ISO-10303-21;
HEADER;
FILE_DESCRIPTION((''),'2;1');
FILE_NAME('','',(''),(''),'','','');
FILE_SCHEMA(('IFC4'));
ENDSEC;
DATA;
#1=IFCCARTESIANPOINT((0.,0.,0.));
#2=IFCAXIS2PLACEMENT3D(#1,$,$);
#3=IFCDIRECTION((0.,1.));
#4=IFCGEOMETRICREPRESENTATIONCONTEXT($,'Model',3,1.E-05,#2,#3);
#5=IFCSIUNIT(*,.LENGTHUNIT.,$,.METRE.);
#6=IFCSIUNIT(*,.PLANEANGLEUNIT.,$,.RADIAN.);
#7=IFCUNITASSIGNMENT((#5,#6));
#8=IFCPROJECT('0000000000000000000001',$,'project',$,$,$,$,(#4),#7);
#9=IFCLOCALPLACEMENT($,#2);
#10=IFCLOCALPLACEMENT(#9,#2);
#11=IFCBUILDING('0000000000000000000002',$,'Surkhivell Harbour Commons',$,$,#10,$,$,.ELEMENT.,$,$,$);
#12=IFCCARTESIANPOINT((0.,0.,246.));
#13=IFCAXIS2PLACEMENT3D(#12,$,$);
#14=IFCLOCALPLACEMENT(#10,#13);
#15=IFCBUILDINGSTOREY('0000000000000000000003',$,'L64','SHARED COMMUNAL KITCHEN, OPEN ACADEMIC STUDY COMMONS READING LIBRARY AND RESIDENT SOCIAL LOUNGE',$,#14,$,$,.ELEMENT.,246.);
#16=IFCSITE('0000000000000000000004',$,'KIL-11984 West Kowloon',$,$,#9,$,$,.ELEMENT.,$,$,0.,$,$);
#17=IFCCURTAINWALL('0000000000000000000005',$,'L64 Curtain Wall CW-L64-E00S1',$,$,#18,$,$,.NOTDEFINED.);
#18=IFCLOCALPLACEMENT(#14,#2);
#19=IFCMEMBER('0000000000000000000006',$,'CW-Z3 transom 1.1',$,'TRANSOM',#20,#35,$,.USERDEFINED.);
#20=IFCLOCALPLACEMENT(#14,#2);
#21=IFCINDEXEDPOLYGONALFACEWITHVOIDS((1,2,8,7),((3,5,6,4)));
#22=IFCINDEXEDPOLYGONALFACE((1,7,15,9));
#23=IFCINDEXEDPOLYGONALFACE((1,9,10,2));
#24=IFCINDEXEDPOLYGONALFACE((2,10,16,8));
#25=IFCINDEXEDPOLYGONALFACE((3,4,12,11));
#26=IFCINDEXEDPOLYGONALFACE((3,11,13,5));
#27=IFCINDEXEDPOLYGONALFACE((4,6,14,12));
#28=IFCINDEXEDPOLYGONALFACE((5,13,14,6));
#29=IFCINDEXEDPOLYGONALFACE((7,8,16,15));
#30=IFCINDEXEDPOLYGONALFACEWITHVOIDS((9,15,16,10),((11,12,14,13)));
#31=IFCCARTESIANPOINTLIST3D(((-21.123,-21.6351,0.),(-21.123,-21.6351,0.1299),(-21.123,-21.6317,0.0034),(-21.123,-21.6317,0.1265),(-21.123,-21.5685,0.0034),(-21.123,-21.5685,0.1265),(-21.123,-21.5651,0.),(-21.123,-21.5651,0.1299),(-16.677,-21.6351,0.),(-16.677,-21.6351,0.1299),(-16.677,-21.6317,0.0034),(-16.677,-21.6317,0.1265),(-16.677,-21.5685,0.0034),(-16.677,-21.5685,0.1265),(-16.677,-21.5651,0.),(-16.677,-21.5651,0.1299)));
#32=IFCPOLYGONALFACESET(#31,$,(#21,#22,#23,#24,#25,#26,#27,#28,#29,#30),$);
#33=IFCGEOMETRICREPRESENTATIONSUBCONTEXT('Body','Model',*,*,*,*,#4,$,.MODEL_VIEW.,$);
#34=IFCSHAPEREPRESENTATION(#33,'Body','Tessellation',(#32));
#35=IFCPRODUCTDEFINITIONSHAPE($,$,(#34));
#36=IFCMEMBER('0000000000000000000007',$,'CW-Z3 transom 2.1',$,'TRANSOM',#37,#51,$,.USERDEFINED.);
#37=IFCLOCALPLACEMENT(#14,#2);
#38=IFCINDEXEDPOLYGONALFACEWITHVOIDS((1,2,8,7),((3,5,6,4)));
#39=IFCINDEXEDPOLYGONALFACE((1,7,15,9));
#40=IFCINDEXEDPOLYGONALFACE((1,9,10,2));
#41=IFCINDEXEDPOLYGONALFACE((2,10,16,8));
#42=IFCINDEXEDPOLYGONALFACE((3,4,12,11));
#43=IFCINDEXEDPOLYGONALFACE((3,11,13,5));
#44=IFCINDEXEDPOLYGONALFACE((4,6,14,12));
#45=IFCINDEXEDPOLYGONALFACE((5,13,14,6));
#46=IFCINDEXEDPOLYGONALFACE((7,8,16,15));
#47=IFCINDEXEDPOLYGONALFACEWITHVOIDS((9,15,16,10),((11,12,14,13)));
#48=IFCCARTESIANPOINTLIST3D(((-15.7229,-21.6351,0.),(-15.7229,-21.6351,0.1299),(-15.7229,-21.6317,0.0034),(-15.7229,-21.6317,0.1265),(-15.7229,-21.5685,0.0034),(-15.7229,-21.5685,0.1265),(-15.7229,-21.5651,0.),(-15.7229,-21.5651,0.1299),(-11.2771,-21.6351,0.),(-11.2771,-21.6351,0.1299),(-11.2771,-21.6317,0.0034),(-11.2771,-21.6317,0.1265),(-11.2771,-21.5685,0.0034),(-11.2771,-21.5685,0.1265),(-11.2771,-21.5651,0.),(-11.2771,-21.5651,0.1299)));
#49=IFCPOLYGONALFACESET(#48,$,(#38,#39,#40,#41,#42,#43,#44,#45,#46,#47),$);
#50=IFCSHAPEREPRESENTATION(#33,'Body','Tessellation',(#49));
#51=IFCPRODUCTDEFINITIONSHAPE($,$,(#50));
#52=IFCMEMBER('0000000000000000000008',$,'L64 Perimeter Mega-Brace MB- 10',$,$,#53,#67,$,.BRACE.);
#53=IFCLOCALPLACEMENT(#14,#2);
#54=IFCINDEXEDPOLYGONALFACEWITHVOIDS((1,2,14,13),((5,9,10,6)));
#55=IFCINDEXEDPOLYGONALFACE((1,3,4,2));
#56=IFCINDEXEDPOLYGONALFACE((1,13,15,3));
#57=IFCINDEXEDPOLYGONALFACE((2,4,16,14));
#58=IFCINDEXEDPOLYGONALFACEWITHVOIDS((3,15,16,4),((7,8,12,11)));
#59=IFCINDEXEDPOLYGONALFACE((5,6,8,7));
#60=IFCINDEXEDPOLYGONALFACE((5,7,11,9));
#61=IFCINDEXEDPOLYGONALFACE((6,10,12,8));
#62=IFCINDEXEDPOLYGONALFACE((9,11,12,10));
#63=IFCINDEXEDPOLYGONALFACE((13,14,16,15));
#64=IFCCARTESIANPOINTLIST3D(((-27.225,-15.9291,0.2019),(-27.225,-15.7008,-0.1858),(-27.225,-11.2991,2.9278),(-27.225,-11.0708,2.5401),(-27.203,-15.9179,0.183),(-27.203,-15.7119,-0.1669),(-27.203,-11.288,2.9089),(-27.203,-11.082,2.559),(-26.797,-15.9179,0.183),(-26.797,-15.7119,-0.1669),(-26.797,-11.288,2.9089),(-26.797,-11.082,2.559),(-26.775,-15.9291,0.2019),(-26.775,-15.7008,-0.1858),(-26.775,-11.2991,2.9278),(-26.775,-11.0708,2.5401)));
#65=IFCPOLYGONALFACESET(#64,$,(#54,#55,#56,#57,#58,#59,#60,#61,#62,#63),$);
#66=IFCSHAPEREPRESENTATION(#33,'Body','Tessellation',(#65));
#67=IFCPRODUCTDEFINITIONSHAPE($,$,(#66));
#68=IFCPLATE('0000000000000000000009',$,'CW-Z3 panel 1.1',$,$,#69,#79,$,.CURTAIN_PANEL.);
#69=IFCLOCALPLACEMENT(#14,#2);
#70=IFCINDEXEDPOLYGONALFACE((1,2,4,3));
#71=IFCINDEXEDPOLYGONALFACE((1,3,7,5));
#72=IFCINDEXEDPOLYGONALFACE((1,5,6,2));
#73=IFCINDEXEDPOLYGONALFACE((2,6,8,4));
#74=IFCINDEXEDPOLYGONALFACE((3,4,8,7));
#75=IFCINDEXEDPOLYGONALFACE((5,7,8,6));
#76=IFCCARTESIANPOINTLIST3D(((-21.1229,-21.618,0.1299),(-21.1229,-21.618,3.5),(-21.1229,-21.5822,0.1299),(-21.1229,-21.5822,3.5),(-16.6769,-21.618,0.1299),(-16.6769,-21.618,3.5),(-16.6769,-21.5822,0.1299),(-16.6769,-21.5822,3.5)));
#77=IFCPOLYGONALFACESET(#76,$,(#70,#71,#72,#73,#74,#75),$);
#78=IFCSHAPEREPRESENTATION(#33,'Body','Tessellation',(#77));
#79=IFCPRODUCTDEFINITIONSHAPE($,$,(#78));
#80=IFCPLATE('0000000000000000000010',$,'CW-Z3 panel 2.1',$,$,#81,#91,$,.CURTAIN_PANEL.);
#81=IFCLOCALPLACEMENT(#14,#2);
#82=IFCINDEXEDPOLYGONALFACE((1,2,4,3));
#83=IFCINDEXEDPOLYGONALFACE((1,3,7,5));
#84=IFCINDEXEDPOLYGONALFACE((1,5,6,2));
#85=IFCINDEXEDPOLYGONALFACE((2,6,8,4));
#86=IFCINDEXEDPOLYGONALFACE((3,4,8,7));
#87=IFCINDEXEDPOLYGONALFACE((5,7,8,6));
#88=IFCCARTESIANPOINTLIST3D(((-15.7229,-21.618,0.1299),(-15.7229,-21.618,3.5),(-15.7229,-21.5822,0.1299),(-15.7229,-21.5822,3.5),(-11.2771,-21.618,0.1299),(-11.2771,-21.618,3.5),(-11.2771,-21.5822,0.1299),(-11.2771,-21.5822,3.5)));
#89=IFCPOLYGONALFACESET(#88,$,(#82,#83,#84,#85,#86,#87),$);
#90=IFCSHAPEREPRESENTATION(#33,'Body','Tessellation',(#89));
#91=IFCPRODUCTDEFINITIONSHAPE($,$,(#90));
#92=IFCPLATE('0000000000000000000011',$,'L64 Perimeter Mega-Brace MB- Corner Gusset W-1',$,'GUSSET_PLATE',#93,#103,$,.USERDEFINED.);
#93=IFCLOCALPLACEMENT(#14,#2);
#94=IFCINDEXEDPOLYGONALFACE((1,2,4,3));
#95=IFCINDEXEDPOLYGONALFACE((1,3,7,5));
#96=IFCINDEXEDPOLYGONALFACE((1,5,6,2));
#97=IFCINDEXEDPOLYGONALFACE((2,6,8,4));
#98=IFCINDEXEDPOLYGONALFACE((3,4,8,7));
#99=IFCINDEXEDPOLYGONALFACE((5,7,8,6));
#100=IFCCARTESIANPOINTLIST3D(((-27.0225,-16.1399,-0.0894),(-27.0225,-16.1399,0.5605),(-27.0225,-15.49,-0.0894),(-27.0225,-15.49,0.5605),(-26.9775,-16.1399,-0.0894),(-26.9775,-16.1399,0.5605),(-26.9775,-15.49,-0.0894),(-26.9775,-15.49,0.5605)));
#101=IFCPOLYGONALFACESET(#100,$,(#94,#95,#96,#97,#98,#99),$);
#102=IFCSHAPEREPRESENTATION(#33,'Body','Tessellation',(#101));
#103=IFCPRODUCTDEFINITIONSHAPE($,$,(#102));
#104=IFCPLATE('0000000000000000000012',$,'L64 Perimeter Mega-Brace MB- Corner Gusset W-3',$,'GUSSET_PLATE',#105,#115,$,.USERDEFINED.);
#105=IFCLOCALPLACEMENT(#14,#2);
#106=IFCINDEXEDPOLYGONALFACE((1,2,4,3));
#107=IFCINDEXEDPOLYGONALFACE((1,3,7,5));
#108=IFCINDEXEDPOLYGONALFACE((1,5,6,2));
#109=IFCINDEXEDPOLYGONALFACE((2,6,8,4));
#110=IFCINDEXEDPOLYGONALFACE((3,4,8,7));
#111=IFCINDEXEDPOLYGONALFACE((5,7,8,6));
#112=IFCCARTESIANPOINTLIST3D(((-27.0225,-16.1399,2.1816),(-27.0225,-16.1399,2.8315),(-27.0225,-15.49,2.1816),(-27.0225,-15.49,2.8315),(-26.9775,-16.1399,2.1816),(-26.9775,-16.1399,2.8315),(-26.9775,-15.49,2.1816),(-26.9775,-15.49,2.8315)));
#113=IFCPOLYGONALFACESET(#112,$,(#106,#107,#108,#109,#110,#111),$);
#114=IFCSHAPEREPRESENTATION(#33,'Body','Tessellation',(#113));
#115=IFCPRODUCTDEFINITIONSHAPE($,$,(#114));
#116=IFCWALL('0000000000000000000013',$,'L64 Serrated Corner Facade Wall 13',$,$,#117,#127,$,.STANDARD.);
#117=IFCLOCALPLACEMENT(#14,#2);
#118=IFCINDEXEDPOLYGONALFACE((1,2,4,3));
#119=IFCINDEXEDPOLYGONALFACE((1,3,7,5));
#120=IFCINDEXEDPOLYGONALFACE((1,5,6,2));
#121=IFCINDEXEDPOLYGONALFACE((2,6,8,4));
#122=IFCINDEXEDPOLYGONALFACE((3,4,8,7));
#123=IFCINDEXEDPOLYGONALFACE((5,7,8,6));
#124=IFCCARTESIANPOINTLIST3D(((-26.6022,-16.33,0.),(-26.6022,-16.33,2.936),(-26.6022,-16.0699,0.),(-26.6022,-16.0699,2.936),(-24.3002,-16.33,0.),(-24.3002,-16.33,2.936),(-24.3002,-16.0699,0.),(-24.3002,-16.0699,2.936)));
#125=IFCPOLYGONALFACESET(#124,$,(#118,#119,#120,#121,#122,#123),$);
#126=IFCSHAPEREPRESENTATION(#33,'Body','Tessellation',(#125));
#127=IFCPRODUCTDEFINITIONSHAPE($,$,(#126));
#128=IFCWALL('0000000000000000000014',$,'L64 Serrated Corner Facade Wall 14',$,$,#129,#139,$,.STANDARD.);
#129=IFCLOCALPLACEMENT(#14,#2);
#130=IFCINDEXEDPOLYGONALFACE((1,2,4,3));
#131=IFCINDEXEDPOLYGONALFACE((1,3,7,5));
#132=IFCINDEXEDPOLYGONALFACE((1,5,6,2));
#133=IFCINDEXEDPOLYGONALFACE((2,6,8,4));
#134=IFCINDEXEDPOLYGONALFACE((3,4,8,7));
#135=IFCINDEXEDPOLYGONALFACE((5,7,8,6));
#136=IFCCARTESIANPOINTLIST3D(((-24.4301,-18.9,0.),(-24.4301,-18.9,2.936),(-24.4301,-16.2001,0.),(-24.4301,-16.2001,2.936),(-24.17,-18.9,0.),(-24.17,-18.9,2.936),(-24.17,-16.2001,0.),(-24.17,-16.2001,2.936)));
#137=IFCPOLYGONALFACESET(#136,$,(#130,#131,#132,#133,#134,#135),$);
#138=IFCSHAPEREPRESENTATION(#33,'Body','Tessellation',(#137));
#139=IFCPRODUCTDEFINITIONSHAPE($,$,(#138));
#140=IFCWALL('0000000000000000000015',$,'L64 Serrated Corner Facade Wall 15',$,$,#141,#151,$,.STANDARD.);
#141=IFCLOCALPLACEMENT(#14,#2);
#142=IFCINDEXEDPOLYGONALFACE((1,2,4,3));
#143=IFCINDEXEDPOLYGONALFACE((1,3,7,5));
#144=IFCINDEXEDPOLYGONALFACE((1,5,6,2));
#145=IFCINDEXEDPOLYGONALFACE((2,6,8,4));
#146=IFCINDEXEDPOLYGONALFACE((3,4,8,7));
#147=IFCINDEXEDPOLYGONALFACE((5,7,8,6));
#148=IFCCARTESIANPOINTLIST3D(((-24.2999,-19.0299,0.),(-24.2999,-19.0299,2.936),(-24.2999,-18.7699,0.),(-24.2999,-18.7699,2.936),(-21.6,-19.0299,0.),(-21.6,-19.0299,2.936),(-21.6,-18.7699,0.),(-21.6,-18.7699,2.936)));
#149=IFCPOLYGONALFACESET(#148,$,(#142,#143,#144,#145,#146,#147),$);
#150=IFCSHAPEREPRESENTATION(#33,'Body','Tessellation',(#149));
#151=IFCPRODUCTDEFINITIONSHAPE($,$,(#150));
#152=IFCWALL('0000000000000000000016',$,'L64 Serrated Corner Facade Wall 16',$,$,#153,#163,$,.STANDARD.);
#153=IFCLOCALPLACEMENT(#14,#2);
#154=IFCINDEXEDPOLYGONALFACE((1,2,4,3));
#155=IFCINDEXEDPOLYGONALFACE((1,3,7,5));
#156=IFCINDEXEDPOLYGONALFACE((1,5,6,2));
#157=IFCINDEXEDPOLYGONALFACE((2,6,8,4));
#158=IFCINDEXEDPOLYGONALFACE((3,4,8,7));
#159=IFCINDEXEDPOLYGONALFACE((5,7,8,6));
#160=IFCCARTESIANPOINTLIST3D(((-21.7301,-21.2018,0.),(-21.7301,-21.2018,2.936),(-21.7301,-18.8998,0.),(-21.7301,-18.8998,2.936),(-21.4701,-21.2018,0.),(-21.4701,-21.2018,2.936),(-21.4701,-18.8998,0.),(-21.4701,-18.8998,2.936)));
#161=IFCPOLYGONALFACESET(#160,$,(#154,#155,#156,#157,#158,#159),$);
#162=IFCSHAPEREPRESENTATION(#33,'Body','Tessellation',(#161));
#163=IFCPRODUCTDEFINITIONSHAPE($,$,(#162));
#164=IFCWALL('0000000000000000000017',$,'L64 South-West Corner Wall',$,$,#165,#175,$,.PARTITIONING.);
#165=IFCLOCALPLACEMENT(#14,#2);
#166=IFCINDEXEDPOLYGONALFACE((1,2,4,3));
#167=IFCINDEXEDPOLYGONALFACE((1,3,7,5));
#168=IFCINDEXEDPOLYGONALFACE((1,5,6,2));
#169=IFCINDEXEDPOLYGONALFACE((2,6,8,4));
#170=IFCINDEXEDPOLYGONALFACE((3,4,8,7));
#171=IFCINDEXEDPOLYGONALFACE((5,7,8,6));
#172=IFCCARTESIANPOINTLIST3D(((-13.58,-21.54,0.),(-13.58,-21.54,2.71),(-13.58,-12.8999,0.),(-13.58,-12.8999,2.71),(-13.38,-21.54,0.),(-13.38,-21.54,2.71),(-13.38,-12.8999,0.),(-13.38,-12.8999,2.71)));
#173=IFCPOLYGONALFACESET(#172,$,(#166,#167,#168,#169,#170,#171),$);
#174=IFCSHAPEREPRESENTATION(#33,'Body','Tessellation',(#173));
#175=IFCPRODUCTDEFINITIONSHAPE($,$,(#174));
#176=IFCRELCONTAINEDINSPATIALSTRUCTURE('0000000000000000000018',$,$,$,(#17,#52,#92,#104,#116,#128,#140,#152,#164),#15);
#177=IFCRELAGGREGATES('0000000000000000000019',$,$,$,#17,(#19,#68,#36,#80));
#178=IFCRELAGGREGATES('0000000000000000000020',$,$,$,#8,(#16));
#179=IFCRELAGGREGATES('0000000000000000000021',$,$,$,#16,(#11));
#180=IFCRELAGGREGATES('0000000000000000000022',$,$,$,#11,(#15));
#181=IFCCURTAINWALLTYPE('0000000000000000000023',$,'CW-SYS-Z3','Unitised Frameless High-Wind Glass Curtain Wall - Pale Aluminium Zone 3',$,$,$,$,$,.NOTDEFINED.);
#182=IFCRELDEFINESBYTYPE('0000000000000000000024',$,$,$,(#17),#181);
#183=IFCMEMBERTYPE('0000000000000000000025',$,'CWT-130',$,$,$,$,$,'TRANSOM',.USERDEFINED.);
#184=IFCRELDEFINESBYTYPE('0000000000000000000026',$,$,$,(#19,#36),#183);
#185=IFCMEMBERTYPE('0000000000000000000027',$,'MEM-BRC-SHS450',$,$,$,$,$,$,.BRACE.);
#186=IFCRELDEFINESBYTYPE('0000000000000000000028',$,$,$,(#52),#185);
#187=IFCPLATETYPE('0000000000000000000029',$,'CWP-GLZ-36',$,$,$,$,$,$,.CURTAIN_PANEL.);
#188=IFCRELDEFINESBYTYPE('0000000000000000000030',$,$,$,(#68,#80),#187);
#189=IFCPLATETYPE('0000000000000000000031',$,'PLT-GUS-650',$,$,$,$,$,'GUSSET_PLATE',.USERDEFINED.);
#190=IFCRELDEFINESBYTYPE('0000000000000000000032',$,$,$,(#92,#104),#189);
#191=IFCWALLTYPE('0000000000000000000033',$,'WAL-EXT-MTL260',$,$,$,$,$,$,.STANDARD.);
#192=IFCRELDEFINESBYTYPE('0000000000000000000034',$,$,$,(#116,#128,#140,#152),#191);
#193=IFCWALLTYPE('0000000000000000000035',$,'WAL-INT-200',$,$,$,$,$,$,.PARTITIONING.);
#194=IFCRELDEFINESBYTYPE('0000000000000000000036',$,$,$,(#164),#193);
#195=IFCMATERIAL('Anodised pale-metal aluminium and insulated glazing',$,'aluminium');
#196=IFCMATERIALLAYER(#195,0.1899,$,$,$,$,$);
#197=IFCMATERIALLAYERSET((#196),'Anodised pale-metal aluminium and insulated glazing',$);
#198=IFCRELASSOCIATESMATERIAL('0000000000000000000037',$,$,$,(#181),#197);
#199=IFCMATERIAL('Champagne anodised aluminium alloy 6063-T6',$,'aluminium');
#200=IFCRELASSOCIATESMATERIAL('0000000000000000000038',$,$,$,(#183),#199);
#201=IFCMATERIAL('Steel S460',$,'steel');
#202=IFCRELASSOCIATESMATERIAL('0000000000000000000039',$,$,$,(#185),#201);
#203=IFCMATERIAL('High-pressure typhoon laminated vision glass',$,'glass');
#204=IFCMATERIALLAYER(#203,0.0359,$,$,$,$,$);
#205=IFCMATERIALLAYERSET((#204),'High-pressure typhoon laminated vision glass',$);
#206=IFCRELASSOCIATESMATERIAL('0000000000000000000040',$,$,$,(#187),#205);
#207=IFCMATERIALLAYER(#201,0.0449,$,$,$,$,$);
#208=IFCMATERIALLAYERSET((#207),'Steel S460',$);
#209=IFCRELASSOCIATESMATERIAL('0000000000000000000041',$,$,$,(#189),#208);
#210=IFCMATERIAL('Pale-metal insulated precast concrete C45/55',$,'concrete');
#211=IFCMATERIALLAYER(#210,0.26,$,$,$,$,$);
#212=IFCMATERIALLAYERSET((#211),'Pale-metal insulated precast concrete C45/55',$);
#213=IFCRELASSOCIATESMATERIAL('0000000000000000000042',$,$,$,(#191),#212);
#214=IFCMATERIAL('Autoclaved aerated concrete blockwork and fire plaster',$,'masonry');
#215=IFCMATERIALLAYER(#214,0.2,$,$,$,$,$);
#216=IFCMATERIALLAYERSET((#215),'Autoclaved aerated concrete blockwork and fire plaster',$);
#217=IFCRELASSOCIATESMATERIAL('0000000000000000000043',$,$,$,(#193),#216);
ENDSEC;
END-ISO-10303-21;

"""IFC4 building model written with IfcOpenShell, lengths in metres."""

from ifc_helpers import new_model, si_unit, direction, frame, frame_2d, origin, origin_2d, place, context, subcontext, project, spatial, rectangle, hollow_rectangle, extrude, material, layer, layer_set, material_profile, profile_set, type_object, element, aggregate, save


model = new_model("IFC4")

# Units and contexts
model_context = context("Model", 3, precision=1e-05, world=origin(), true_north=direction((0.0, 1.0)))
body_context = subcontext(model_context, "Body", "Model", "MODEL_VIEW")
ifc_project = project(units=[si_unit("LENGTHUNIT", "METRE"), si_unit("PLANEANGLEUNIT", "RADIAN")], contexts=[model_context])

# Site, building, storey
site_placement = place(None, origin())
site = spatial("IfcSite", under=ifc_project, at=site_placement, Name="KIL-11984 West Kowloon", CompositionType="ELEMENT", RefElevation=0.0)
building_placement = place(site_placement, origin())
building = spatial("IfcBuilding", under=site, at=building_placement, Name="Surkhivell Harbour Commons", CompositionType="ELEMENT")
storey_placement = place(building_placement, frame((0.0, 0.0, 246.0)))
storey = spatial("IfcBuildingStorey", under=building, at=storey_placement, Name="L64", Description="SHARED COMMUNAL KITCHEN, OPEN ACADEMIC STUDY COMMONS READING LIBRARY AND RESIDENT SOCIAL LOUNGE", CompositionType="ELEMENT", Elevation=246.0)

# Curtain wall, members
ifc_material_1 = material(Name="Anodised pale-metal aluminium and insulated glazing", Category="aluminium")
ifc_layer_1 = layer(ifc_material_1, 0.1899)
ifc_layer_set_1 = layer_set([ifc_layer_1], Name="Anodised pale-metal aluminium and insulated glazing")
curtain_wall_type = type_object("IfcCurtainWallType", Name="CW-SYS-Z3", Description="Unitised Frameless High-Wind Glass Curtain Wall - Pale Aluminium Zone 3", PredefinedType="NOTDEFINED", material=ifc_layer_set_1)
curtain_wall_placement = place(storey_placement, origin())
curtain_wall = element("IfcCurtainWall", 1, at=curtain_wall_placement, inside=storey, type_object=curtain_wall_type, Name="L64 Curtain Wall CW-L64-E00S1", PredefinedType="NOTDEFINED")
ifc_material_2 = material(Name="Champagne anodised aluminium alloy 6063-T6", Category="aluminium")
ifc_material_profile_1 = material_profile(ifc_material_2, hollow_rectangle(XDim=0.0701, YDim=0.1299, WallThickness=0.0034, at=origin_2d()), Name="ALU-TRAN-70x130")
ifc_profile_set_1 = profile_set([ifc_material_profile_1], Name="Champagne anodised aluminium alloy 6063-T6")
member_type_1 = type_object("IfcMemberType", Name="CWT-130", ElementType="TRANSOM", PredefinedType="USERDEFINED", material=ifc_profile_set_1)
member_1_placement = place(storey_placement, frame((-21.123, -21.6001, 0.0649), z_axis=(1.0, 0.0, 0.0), x_axis=(0.0, 1.0, 0.0)))
member_1 = element("IfcMember", 2, at=member_1_placement, type_object=member_type_1, Name="CW-Z3 transom 1.1", ObjectType="TRANSOM", PredefinedType="USERDEFINED", context=body_context, shape_type="SweptSolid", body=[
    extrude(hollow_rectangle(XDim=0.0701, YDim=0.1299, WallThickness=0.0034, at=origin_2d()), origin(), (0.0, 0.0, 1.0), 4.446),
])
member_2_placement = place(storey_placement, frame((-15.7229, -21.6001, 0.0649), z_axis=(1.0, 0.0, 0.0), x_axis=(0.0, 1.0, 0.0)))
member_2 = element("IfcMember", 3, at=member_2_placement, type_object=member_type_1, Name="CW-Z3 transom 2.1", ObjectType="TRANSOM", PredefinedType="USERDEFINED", context=body_context, shape_type="SweptSolid", body=[
    extrude(hollow_rectangle(XDim=0.0701, YDim=0.1299, WallThickness=0.0034, at=origin_2d()), origin(), (0.0, 0.0, 1.0), 4.4458),
])

# Member
ifc_material_3 = material(Name="Steel S460", Category="steel")
ifc_material_profile_2 = material_profile(ifc_material_3, hollow_rectangle(XDim=0.45, YDim=0.45, WallThickness=0.022, at=origin_2d()), Name="SHS450x450x22")
ifc_profile_set_2 = profile_set([ifc_material_profile_2], Name="Steel S460")
member_type_2 = type_object("IfcMemberType", Name="MEM-BRC-SHS450", PredefinedType="BRACE", material=ifc_profile_set_2)
member_3_placement = place(storey_placement, frame((-27.0, -15.8149, 0.0081), z_axis=(0.0, 0.861741, 0.507348), x_axis=(-1.0, 0.0, 0.0)))
element("IfcMember", 4, at=member_3_placement, inside=storey, type_object=member_type_2, Name="L64 Perimeter Mega-Brace MB- 10", PredefinedType="BRACE", context=body_context, shape_type="SweptSolid", body=[
    extrude(hollow_rectangle(XDim=0.45, YDim=0.45, WallThickness=0.022, at=origin_2d()), origin(), (0.0, 0.0, 1.0), 5.3728),
])

# Plates
ifc_material_4 = material(Name="High-pressure typhoon laminated vision glass", Category="glass")
ifc_layer_2 = layer(ifc_material_4, 0.0359)
ifc_layer_set_2 = layer_set([ifc_layer_2], Name="High-pressure typhoon laminated vision glass")
plate_type_1 = type_object("IfcPlateType", Name="CWP-GLZ-36", PredefinedType="CURTAIN_PANEL", material=ifc_layer_set_2)
plate_1_placement = place(storey_placement, frame((-21.123, -21.6001, 0.1299), z_axis=(0.0, 0.0, 1.0), x_axis=(1.0, 0.0, 0.0)))
plate_1 = element("IfcPlate", 5, at=plate_1_placement, type_object=plate_type_1, Name="CW-Z3 panel 1.1", PredefinedType="CURTAIN_PANEL", context=body_context, shape_type="SweptSolid", body=[
    extrude(rectangle(XDim=4.446, YDim=0.0359, at=frame_2d((2.2231, 0.0))), origin(), (0.0, 0.0, 1.0), 3.3701),
])
plate_2_placement = place(storey_placement, frame((-15.7229, -21.6001, 0.1299), z_axis=(0.0, 0.0, 1.0), x_axis=(1.0, 0.0, 0.0)))
plate_2 = element("IfcPlate", 6, at=plate_2_placement, type_object=plate_type_1, Name="CW-Z3 panel 2.1", PredefinedType="CURTAIN_PANEL", context=body_context, shape_type="SweptSolid", body=[
    extrude(rectangle(XDim=4.4458, YDim=0.0359, at=frame_2d((2.2229, 0.0))), origin(), (0.0, 0.0, 1.0), 3.3701),
])
aggregate(curtain_wall, [member_1, plate_1, member_2, plate_2])

# Plates
ifc_layer_3 = layer(ifc_material_3, 0.0449)
ifc_layer_set_3 = layer_set([ifc_layer_3], Name="Steel S460")
plate_type_2 = type_object("IfcPlateType", Name="PLT-GUS-650", ElementType="GUSSET_PLATE", PredefinedType="USERDEFINED", material=ifc_layer_set_3)
for number, where, z_axis, x_axis, name in (
    (7, (-27.0, -15.8149, -0.0894), (0.0, 0.0, 1.0), (0.0, 1.0, 0.0), "L64 Perimeter Mega-Brace MB- Corner Gusset W-1"),
    (8, (-27.0, -15.8149, 2.1816), (0.0, 0.0, 1.0), (0.0, 1.0, 0.0), "L64 Perimeter Mega-Brace MB- Corner Gusset W-3"),
):
    element("IfcPlate", number, at=place(storey_placement, frame(where, z_axis=z_axis, x_axis=x_axis)), inside=storey, type_object=plate_type_2, Name=name, ObjectType="GUSSET_PLATE", PredefinedType="USERDEFINED", context=body_context, shape_type="SweptSolid", body=[
        extrude(rectangle(XDim=0.6499, YDim=0.0449, at=origin_2d()), origin(), (0.0, 0.0, 1.0), 0.6499),
    ])

# Walls
ifc_material_5 = material(Name="Pale-metal insulated precast concrete C45/55", Category="concrete")
ifc_layer_4 = layer(ifc_material_5, 0.26)
ifc_layer_set_4 = layer_set([ifc_layer_4], Name="Pale-metal insulated precast concrete C45/55")
wall_type_1 = type_object("IfcWallType", Name="WAL-EXT-MTL260", PredefinedType="STANDARD", material=ifc_layer_set_4)
wall_1_placement = place(storey_placement, frame((-26.6021, -16.2, 0.0), z_axis=(0.0, 0.0, 1.0), x_axis=(1.0, 0.0, 0.0)))
element("IfcWall", 9, at=wall_1_placement, inside=storey, type_object=wall_type_1, Name="L64 Serrated Corner Facade Wall 13", PredefinedType="STANDARD", context=body_context, shape_type="SweptSolid", body=[
    extrude(rectangle(XDim=2.302, YDim=0.26, at=frame_2d((1.1509, 0.0))), origin(), (0.0, 0.0, 1.0), 2.936),
])
for number, where, z_axis, x_axis, name in (
    (10, (-24.3, -16.2, 0.0), (0.0, 0.0, 1.0), (0.0, -1.0, 0.0), "L64 Serrated Corner Facade Wall 14"),
    (11, (-24.3, -18.8999, 0.0), (0.0, 0.0, 1.0), (1.0, 0.0, 0.0), "L64 Serrated Corner Facade Wall 15"),
):
    element("IfcWall", number, at=place(storey_placement, frame(where, z_axis=z_axis, x_axis=x_axis)), inside=storey, type_object=wall_type_1, Name=name, PredefinedType="STANDARD", context=body_context, shape_type="SweptSolid", body=[
        extrude(rectangle(XDim=2.7, YDim=0.26, at=frame_2d((1.3501, 0.0))), origin(), (0.0, 0.0, 1.0), 2.936),
    ])
wall_2_placement = place(storey_placement, frame((-21.6001, -18.8999, 0.0), z_axis=(0.0, 0.0, 1.0), x_axis=(0.0, -1.0, 0.0)))
element("IfcWall", 12, at=wall_2_placement, inside=storey, type_object=wall_type_1, Name="L64 Serrated Corner Facade Wall 16", PredefinedType="STANDARD", context=body_context, shape_type="SweptSolid", body=[
    extrude(rectangle(XDim=2.302, YDim=0.26, at=frame_2d((1.1509, 0.0))), origin(), (0.0, 0.0, 1.0), 2.936),
])
ifc_material_6 = material(Name="Autoclaved aerated concrete blockwork and fire plaster", Category="masonry")
ifc_layer_5 = layer(ifc_material_6, 0.2)
ifc_layer_set_5 = layer_set([ifc_layer_5], Name="Autoclaved aerated concrete blockwork and fire plaster")
wall_type_2 = type_object("IfcWallType", Name="WAL-INT-200", PredefinedType="PARTITIONING", material=ifc_layer_set_5)
wall_3_placement = place(storey_placement, frame((-13.48, -21.54, 0.0), z_axis=(0.0, 0.0, 1.0), x_axis=(0.0, 1.0, 0.0)))
element("IfcWall", 13, at=wall_3_placement, inside=storey, type_object=wall_type_2, Name="L64 South-West Corner Wall", PredefinedType="PARTITIONING", context=body_context, shape_type="SweptSolid", body=[
    extrude(rectangle(XDim=8.6401, YDim=0.2, at=frame_2d((4.3201, 0.0))), origin(), (0.0, 0.0, 1.0), 2.71),
])

save(model, "model.ifc")
